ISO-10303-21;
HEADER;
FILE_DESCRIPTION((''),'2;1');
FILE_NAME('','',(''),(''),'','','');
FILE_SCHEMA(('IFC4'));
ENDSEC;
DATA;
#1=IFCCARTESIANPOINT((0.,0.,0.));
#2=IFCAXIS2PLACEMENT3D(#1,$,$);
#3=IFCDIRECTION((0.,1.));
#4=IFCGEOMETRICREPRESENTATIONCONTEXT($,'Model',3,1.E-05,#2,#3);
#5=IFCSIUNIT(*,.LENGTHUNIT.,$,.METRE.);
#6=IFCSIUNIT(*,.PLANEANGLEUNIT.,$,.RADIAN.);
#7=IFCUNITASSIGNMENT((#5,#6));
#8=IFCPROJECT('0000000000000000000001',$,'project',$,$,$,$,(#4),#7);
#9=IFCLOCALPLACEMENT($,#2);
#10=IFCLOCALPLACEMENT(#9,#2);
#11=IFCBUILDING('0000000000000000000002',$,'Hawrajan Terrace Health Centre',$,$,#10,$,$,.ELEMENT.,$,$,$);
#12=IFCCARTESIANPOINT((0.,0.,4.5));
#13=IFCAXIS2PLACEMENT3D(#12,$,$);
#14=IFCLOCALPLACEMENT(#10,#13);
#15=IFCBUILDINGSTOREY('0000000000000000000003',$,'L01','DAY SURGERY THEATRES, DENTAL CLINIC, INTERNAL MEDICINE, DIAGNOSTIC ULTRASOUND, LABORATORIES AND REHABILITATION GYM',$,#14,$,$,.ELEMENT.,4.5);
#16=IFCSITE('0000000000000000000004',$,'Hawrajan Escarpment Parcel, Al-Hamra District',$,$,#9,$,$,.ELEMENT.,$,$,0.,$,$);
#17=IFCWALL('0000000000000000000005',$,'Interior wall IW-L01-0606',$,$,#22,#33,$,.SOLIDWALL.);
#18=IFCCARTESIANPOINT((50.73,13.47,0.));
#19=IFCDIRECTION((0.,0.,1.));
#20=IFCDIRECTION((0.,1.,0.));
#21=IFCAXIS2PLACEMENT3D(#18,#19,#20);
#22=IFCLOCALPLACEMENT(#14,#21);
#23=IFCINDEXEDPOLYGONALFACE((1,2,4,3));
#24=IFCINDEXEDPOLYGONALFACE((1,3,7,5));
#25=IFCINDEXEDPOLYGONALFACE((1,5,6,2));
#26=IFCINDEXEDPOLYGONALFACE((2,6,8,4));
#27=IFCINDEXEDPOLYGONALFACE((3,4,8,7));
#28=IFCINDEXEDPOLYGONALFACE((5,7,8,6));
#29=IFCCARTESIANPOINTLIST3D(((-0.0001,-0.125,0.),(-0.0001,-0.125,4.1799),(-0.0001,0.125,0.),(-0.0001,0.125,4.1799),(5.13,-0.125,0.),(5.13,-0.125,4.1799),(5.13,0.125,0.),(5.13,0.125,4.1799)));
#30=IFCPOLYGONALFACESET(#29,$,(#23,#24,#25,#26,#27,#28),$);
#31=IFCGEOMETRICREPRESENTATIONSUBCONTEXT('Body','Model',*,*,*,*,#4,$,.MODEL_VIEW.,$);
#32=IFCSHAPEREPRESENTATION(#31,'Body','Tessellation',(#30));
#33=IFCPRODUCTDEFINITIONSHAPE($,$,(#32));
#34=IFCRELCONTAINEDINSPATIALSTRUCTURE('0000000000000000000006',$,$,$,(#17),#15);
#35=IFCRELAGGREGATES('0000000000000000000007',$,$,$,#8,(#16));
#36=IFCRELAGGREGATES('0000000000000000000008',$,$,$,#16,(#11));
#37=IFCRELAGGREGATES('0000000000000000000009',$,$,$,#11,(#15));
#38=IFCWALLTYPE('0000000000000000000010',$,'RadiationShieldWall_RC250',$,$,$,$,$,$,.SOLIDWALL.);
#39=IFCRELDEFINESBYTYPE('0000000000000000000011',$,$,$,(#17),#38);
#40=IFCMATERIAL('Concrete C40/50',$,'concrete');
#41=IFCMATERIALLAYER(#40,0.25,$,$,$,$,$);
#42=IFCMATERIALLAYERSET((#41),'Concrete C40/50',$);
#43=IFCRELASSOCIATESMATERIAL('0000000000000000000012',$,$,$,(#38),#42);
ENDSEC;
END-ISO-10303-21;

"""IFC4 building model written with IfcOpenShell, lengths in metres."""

from ifc_helpers import new_model, si_unit, direction, frame, frame_2d, origin, place, context, subcontext, project, spatial, rectangle, extrude, material, layer, layer_set, type_object, element, save


model = new_model("IFC4")

# Units and contexts
model_context = context("Model", 3, precision=1e-05, world=origin(), true_north=direction((0.0, 1.0)))
body_context = subcontext(model_context, "Body", "Model", "MODEL_VIEW")
ifc_project = project(units=[si_unit("LENGTHUNIT", "METRE"), si_unit("PLANEANGLEUNIT", "RADIAN")], contexts=[model_context])

# Site, building, storey
site_placement = place(None, origin())
site = spatial("IfcSite", under=ifc_project, at=site_placement, Name="Hawrajan Escarpment Parcel, Al-Hamra District", CompositionType="ELEMENT", RefElevation=0.0)
building_placement = place(site_placement, origin())
building = spatial("IfcBuilding", under=site, at=building_placement, Name="Hawrajan Terrace Health Centre", CompositionType="ELEMENT")
storey_placement = place(building_placement, frame((0.0, 0.0, 4.5)))
storey = spatial("IfcBuildingStorey", under=building, at=storey_placement, Name="L01", Description="DAY SURGERY THEATRES, DENTAL CLINIC, INTERNAL MEDICINE, DIAGNOSTIC ULTRASOUND, LABORATORIES AND REHABILITATION GYM", CompositionType="ELEMENT", Elevation=4.5)

# Shared definitions
ifc_material_1 = material(Name="Concrete C40/50", Category="concrete")

# Shared definitions
ifc_layer_1 = layer(ifc_material_1, 0.25)
ifc_layer_set_1 = layer_set([ifc_layer_1], Name="Concrete C40/50")
wall_type_1 = type_object("IfcWallType", Name="RadiationShieldWall_RC250", PredefinedType="SOLIDWALL", material=ifc_layer_set_1)

# Wall
wall_1_placement = place(storey_placement, frame((50.73, 13.47, 0.0), z_axis=(0.0, 0.0, 1.0), x_axis=(0.0, 1.0, 0.0)))
element("IfcWall", 1, at=wall_1_placement, inside=storey, type_object=wall_type_1, Name="Interior wall IW-L01-0606", PredefinedType="SOLIDWALL", context=body_context, shape_type="SweptSolid", body=[
    extrude(rectangle(XDim=5.1301, YDim=0.25, at=frame_2d((2.5649, 0.0))), origin(), (0.0, 0.0, 1.0), 4.1799),
])

save(model, "model.ifc")
